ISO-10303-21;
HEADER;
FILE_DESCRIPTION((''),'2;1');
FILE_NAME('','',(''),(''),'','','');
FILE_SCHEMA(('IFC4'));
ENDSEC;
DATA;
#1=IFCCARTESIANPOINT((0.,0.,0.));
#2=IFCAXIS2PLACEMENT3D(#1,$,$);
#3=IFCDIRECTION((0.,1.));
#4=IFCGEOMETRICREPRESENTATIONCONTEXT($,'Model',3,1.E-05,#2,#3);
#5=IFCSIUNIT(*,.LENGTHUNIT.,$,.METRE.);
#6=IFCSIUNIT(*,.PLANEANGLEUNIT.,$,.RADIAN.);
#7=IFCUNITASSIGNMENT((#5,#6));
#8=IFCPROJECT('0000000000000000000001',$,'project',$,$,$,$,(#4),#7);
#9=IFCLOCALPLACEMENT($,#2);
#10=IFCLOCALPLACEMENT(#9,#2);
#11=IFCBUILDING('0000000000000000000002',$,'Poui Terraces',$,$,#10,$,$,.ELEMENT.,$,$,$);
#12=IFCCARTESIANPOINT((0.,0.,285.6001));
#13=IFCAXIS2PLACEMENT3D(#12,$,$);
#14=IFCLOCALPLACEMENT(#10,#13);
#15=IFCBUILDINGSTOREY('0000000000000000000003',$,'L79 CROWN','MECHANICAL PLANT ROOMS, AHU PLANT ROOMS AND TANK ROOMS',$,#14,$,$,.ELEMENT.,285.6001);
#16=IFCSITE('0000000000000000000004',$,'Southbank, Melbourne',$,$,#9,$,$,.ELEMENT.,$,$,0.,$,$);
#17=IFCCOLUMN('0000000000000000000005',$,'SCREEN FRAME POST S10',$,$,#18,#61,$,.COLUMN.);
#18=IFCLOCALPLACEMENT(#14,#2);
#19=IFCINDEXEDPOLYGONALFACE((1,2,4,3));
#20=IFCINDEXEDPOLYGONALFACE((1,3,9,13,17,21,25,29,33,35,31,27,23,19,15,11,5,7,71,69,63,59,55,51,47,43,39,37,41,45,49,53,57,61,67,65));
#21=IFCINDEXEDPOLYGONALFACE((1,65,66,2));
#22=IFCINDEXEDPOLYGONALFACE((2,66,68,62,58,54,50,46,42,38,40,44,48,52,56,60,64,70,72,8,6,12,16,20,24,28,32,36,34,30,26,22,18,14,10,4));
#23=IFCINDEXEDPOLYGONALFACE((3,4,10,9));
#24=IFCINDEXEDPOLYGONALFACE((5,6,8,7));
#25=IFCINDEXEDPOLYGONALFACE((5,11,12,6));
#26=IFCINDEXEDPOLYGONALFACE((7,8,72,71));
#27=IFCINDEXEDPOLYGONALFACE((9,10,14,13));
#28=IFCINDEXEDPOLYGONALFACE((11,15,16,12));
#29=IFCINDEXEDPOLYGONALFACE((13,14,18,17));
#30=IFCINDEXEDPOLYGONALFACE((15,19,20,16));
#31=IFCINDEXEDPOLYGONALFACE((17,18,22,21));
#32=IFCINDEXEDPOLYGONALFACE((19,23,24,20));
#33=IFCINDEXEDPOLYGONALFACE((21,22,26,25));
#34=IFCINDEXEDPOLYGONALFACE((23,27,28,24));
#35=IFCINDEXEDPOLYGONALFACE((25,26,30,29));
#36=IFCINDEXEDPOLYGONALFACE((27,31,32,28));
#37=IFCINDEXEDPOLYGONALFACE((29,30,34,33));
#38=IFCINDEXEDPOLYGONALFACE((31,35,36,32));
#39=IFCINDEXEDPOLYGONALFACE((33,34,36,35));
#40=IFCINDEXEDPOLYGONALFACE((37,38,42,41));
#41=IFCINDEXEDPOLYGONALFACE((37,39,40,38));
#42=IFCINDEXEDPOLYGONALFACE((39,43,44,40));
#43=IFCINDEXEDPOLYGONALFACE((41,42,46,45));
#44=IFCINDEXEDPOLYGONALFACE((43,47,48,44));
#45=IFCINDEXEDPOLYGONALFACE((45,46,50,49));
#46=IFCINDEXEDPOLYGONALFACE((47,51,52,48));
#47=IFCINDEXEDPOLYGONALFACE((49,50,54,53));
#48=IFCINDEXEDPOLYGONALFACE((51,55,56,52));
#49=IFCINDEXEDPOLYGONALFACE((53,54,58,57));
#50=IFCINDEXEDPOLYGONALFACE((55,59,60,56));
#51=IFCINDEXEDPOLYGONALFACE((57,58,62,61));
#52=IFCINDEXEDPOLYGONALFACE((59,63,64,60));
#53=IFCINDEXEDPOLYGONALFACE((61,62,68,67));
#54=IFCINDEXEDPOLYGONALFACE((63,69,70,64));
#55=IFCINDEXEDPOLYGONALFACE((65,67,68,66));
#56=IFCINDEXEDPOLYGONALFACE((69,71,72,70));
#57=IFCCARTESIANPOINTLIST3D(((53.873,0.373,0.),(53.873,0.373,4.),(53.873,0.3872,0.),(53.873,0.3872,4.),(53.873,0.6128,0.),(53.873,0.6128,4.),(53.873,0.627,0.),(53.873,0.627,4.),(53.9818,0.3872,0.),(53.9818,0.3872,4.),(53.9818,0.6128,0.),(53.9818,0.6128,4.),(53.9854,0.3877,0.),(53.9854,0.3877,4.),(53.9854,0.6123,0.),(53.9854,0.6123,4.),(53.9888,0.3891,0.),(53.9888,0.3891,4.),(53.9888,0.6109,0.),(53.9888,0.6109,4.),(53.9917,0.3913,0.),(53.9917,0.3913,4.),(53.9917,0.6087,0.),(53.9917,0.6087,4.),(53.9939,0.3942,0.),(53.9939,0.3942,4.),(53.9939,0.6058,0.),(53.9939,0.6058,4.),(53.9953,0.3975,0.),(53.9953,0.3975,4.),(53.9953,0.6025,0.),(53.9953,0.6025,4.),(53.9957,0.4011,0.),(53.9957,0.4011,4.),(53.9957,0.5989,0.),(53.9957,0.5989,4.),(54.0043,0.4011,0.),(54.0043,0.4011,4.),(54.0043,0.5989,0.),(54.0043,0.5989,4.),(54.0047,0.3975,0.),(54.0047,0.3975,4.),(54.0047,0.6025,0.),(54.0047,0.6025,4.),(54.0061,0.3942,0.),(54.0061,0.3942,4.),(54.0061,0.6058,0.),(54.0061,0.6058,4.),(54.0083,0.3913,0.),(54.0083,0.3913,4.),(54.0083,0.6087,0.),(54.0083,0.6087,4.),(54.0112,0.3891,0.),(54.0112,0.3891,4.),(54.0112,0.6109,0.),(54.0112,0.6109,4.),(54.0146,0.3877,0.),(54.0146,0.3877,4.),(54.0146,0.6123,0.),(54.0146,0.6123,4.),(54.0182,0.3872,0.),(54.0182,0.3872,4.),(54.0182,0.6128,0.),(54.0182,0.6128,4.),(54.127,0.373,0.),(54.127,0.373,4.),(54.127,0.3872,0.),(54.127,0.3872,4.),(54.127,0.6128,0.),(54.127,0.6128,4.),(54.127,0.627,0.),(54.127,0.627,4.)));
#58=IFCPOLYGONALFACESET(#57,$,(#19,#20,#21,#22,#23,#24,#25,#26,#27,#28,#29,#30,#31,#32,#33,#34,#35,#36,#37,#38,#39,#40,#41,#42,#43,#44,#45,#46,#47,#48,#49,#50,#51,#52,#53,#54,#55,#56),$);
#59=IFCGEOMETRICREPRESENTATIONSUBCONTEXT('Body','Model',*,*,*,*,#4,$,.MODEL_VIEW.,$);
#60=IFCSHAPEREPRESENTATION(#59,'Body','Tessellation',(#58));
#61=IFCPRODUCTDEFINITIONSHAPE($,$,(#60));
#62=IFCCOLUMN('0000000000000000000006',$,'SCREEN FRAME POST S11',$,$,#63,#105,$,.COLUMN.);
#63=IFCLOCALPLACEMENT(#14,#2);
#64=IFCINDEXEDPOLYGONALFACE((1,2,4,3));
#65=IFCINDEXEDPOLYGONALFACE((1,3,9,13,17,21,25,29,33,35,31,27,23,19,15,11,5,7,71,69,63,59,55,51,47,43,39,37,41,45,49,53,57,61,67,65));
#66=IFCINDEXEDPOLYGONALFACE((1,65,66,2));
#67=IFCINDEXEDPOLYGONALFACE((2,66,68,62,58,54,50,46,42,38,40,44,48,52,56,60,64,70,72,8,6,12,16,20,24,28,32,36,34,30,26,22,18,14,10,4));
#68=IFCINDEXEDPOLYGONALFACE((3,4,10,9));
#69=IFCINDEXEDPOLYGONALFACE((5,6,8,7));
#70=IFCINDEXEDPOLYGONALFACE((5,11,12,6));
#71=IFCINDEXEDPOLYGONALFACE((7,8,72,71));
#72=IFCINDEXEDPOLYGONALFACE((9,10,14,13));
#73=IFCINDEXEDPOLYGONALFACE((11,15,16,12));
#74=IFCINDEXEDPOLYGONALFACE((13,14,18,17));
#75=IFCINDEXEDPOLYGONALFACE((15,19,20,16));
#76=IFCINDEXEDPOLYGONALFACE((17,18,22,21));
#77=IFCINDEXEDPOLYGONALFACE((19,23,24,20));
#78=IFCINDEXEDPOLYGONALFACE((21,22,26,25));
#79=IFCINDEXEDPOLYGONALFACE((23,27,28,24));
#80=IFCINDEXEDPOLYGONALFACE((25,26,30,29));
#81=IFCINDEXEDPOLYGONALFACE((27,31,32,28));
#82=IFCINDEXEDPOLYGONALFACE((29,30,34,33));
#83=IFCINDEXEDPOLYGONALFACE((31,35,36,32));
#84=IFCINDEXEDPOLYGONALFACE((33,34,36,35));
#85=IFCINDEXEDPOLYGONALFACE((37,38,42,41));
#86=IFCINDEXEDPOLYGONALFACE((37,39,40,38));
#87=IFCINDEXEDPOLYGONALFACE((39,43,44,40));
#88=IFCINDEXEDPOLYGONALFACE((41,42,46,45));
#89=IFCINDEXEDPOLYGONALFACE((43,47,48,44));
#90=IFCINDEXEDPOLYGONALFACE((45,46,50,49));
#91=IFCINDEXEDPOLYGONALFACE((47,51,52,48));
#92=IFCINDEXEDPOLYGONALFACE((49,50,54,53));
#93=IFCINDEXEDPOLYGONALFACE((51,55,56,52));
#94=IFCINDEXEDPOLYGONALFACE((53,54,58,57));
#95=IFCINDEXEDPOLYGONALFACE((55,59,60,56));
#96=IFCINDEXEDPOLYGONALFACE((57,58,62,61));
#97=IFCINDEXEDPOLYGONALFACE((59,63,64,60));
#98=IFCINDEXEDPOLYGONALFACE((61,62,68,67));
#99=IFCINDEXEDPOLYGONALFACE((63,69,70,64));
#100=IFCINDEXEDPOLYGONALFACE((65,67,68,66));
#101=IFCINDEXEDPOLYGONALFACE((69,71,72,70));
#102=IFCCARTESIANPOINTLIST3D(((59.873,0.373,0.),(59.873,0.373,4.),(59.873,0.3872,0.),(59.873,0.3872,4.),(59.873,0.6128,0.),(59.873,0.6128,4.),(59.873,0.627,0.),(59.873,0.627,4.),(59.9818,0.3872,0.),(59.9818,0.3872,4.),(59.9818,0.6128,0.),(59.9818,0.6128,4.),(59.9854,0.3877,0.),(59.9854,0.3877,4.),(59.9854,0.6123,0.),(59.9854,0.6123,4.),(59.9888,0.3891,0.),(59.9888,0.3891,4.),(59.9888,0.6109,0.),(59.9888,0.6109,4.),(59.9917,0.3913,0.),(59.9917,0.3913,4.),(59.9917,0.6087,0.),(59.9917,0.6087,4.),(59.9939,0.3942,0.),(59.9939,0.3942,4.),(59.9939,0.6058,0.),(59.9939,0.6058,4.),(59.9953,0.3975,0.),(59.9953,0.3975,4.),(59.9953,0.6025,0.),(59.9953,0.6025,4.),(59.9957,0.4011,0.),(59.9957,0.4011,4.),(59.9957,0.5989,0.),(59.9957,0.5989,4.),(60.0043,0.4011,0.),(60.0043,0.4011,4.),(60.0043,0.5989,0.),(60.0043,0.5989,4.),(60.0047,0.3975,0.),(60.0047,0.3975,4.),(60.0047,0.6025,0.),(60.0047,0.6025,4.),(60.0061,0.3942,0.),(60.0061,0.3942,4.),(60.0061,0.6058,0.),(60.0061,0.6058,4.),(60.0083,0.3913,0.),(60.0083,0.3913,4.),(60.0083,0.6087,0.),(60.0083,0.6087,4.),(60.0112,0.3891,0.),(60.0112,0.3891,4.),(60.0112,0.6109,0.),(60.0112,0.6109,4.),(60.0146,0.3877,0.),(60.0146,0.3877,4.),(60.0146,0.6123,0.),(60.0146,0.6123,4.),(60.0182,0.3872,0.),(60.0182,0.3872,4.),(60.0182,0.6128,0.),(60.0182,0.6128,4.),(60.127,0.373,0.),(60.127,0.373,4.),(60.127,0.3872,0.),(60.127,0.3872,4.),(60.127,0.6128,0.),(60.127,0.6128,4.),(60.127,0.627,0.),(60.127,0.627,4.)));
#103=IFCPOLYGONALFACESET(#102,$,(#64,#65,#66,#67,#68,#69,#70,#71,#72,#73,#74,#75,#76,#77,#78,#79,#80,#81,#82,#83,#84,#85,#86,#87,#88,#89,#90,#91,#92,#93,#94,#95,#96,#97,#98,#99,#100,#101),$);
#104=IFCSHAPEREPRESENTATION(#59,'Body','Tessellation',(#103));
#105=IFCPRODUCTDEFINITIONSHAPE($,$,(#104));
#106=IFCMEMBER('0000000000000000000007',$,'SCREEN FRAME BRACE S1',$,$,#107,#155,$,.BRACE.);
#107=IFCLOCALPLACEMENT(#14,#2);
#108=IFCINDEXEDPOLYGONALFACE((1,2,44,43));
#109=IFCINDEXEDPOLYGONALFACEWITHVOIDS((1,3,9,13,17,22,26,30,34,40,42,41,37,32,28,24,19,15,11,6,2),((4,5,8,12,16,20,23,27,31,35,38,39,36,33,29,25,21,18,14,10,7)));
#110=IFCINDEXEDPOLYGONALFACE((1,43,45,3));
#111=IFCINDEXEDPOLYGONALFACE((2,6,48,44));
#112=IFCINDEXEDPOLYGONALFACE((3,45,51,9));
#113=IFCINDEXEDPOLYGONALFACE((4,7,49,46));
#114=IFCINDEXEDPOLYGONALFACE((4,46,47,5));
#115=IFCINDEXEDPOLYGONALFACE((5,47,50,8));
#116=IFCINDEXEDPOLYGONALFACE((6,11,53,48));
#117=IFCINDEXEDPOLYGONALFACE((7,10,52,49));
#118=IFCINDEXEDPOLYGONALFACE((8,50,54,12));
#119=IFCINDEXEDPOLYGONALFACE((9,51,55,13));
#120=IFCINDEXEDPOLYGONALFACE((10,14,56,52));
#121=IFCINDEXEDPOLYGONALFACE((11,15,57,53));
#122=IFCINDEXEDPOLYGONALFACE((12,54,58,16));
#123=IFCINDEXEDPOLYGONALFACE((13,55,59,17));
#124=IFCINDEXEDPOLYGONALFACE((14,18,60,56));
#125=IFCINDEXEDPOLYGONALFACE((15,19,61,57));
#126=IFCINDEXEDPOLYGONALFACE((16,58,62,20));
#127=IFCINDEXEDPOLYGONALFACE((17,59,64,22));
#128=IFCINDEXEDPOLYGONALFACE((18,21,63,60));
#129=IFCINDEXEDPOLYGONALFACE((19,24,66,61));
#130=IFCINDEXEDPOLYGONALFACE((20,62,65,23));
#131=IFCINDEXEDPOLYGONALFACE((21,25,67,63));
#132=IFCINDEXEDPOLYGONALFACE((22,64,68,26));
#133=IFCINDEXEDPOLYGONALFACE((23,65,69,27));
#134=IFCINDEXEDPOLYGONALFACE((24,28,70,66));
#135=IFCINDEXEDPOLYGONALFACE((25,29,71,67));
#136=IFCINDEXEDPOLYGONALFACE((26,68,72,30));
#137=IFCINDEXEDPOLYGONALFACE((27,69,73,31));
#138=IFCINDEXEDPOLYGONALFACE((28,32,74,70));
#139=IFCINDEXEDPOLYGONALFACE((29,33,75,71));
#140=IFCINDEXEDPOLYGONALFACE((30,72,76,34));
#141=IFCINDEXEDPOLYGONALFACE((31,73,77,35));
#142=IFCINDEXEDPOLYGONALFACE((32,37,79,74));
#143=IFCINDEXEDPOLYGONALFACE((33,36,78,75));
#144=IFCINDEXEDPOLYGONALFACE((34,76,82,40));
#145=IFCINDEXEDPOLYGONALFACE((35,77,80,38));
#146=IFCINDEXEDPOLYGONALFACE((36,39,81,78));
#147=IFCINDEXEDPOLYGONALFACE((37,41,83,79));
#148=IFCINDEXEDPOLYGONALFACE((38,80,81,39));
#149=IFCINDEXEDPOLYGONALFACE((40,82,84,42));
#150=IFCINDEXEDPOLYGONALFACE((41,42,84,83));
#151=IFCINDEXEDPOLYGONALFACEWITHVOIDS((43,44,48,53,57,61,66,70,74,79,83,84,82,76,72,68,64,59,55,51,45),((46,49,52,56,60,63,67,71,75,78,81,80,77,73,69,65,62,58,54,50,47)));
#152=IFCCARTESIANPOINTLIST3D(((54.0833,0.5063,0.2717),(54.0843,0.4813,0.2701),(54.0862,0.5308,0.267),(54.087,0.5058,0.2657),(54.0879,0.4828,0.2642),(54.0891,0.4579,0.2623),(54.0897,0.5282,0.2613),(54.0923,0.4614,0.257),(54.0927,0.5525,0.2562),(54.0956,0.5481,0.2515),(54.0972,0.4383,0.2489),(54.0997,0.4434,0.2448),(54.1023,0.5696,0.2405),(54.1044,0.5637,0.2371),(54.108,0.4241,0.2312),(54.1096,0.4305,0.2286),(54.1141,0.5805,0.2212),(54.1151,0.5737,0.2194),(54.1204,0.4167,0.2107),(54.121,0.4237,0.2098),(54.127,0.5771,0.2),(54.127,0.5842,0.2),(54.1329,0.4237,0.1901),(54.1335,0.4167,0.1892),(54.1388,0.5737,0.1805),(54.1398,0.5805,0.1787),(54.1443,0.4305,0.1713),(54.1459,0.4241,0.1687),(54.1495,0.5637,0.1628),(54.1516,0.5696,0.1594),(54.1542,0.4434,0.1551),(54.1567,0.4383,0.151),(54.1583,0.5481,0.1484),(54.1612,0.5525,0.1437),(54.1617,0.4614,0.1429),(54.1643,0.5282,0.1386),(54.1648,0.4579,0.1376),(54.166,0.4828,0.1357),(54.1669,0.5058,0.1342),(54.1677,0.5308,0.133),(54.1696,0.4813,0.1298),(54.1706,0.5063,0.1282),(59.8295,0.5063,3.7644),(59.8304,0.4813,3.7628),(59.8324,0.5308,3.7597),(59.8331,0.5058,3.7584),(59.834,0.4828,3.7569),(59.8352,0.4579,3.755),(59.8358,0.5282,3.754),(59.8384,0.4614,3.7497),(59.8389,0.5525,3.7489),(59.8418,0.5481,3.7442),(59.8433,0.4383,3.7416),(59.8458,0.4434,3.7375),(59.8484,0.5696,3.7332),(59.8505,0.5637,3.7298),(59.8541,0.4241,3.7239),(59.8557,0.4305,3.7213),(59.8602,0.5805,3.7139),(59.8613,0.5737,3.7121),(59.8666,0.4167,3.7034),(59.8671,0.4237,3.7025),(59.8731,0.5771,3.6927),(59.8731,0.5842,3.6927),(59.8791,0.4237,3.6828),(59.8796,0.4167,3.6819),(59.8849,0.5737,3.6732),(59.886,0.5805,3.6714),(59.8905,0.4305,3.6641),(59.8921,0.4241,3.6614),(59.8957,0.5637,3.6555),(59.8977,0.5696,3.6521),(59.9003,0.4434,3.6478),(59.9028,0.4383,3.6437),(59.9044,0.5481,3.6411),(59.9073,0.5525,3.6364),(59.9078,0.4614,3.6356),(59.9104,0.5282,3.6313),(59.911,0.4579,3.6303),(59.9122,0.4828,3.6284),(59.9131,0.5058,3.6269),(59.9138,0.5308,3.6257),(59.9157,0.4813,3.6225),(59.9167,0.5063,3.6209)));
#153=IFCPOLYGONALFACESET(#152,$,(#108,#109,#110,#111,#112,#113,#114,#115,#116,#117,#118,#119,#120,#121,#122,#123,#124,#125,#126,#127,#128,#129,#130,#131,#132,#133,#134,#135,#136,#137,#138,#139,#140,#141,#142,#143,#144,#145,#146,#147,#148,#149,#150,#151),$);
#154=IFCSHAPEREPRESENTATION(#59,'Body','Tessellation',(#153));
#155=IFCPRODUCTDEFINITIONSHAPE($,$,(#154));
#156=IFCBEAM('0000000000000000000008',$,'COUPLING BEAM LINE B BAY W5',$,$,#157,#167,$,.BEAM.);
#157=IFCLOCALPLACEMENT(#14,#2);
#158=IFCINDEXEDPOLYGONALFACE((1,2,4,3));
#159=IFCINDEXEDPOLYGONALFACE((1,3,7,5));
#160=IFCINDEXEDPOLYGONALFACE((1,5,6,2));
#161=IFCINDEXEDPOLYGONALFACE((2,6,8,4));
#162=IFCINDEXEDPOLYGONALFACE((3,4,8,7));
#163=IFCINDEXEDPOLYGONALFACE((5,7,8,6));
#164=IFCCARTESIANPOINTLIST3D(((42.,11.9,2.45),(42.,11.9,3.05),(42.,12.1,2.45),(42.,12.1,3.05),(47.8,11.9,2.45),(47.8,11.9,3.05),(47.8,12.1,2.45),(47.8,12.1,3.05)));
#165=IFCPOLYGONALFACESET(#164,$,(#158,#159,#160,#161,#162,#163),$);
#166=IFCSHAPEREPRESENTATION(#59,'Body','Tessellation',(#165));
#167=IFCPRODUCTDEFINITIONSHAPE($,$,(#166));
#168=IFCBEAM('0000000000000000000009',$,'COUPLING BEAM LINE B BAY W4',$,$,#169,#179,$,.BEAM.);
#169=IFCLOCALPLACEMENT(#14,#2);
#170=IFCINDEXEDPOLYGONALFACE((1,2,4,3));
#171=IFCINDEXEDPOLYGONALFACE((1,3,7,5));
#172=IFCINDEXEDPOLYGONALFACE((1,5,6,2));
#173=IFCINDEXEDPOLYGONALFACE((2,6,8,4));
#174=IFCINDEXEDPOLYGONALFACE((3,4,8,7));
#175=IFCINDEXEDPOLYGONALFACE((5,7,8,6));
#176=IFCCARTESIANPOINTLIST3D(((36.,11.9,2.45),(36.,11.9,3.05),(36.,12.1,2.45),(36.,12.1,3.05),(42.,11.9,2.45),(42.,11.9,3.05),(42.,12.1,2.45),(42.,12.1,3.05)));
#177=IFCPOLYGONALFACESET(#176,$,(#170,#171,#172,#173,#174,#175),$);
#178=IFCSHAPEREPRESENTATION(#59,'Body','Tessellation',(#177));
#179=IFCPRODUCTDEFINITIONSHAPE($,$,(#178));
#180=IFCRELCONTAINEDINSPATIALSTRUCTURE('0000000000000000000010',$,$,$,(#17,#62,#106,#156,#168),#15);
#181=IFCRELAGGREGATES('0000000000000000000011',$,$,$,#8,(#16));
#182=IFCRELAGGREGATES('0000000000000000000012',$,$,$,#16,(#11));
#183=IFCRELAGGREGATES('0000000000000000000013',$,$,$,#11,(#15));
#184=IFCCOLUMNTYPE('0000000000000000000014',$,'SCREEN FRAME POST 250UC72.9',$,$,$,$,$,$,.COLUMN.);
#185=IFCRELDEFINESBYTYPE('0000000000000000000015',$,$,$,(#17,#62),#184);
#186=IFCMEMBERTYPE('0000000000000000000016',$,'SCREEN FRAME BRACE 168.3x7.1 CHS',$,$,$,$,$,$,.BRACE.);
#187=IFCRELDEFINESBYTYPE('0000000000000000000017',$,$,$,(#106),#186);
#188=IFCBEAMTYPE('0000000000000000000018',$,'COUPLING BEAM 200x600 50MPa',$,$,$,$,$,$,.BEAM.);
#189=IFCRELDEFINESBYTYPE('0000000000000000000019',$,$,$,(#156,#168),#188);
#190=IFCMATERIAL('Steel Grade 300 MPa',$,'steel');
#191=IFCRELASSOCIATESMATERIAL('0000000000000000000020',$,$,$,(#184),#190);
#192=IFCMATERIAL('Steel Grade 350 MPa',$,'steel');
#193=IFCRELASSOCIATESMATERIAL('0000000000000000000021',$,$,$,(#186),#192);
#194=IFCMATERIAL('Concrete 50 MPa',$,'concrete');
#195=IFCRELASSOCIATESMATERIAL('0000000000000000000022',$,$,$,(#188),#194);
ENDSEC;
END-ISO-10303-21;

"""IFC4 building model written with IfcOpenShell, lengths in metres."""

from ifc_helpers import new_model, si_unit, direction, frame, origin, origin_2d, place, context, subcontext, project, spatial, rectangle, hollow_circle, i_section, extrude, source, transform, mapped, material, material_profile, profile_set, type_object, element, save


model = new_model("IFC4")

# Units and contexts
model_context = context("Model", 3, precision=1e-05, world=origin(), true_north=direction((0.0, 1.0)))
body_context = subcontext(model_context, "Body", "Model", "MODEL_VIEW")
ifc_project = project(units=[si_unit("LENGTHUNIT", "METRE"), si_unit("PLANEANGLEUNIT", "RADIAN")], contexts=[model_context])

# Site, building, storey
site_placement = place(None, origin())
site = spatial("IfcSite", under=ifc_project, at=site_placement, Name="Southbank, Melbourne", CompositionType="ELEMENT", RefElevation=0.0)
building_placement = place(site_placement, origin())
building = spatial("IfcBuilding", under=site, at=building_placement, Name="Poui Terraces", CompositionType="ELEMENT")
storey_placement = place(building_placement, frame((0.0, 0.0, 285.6001)))
storey = spatial("IfcBuildingStorey", under=building, at=storey_placement, Name="L79 CROWN", Description="MECHANICAL PLANT ROOMS, AHU PLANT ROOMS AND TANK ROOMS", CompositionType="ELEMENT", Elevation=285.6001)

# Columns
ifc_material_1 = material(Name="Steel Grade 300 MPa", Category="steel")
ifc_material_profile_1 = material_profile(ifc_material_1, i_section(OverallWidth=0.2539, OverallDepth=0.2539, WebThickness=0.0085, FlangeThickness=0.0142, FilletRadius=0.0139, at=origin_2d()), Name="250UC72.9")
ifc_profile_set_1 = profile_set([ifc_material_profile_1], Name="Steel Grade 300 MPa")
column_type = type_object("IfcColumnType", Name="SCREEN FRAME POST 250UC72.9", PredefinedType="COLUMN", material=ifc_profile_set_1)
shared_shape_1 = source(origin(), body_context, "Body", "SweptSolid", [
    extrude(i_section(OverallWidth=0.2539, OverallDepth=0.2539, WebThickness=0.0085, FlangeThickness=0.0142, FilletRadius=0.0139, at=origin_2d()), origin(), (0.0, 0.0, 1.0), 4.0),
])
for number, where, z_axis, x_axis, name in (
    (1, (54.0, 0.5, 0.0), (0.0, 0.0, 1.0), (1.0, 0.0, 0.0), "SCREEN FRAME POST S10"),
    (2, (60.0, 0.5, 0.0), (0.0, 0.0, 1.0), (1.0, 0.0, 0.0), "SCREEN FRAME POST S11"),
):
    element("IfcColumn", number, at=place(storey_placement, frame(where, z_axis=z_axis, x_axis=x_axis)), inside=storey, type_object=column_type, Name=name, PredefinedType="COLUMN", context=body_context, shape_type="MappedRepresentation", body=[
        mapped(shared_shape_1, transform((0.0, 0.0, 0.0))),
    ])

# Member
ifc_material_2 = material(Name="Steel Grade 350 MPa", Category="steel")
ifc_material_profile_2 = material_profile(ifc_material_2, hollow_circle(Radius=0.0842, WallThickness=0.0071, at=origin_2d()), Name="168.3x7.1 CHS")
ifc_profile_set_2 = profile_set([ifc_material_profile_2], Name="Steel Grade 350 MPa")
member_type = type_object("IfcMemberType", Name="SCREEN FRAME BRACE 168.3x7.1 CHS", PredefinedType="BRACE", material=ifc_profile_set_2)
member_placement = place(storey_placement, frame((54.127, 0.5, 0.2), z_axis=(0.854525, 0.0, 0.51941), x_axis=(0.0, 1.0, 0.0)))
element("IfcMember", 3, at=member_placement, inside=storey, type_object=member_type, Name="SCREEN FRAME BRACE S1", PredefinedType="BRACE", context=body_context, shape_type="SweptSolid", body=[
    extrude(hollow_circle(Radius=0.0842, WallThickness=0.0071, at=origin_2d()), origin(), (0.0, 0.0, 1.0), 6.7244),
])

# Beams
ifc_material_3 = material(Name="Concrete 50 MPa", Category="concrete")
ifc_material_profile_3 = material_profile(ifc_material_3, rectangle(XDim=0.2, YDim=0.6001, at=origin_2d()), Name="RC 200x600")
ifc_profile_set_3 = profile_set([ifc_material_profile_3], Name="Concrete 50 MPa")
beam_type_1 = type_object("IfcBeamType", Name="COUPLING BEAM 200x600 50MPa", PredefinedType="BEAM", material=ifc_profile_set_3)
shared_shape_2 = source(origin(), body_context, "Body", "SweptSolid", [
    extrude(rectangle(XDim=0.2, YDim=0.6001, at=origin_2d()), origin(), (0.0, 0.0, 1.0), 5.8),
])
beam_1_placement = place(storey_placement, frame((42.0, 12.0, 2.75), z_axis=(1.0, 0.0, 0.0), x_axis=(0.0, 1.0, 0.0)))
element("IfcBeam", 4, at=beam_1_placement, inside=storey, type_object=beam_type_1, Name="COUPLING BEAM LINE B BAY W5", PredefinedType="BEAM", context=body_context, shape_type="MappedRepresentation", body=[
    mapped(shared_shape_2, transform((0.0, 0.0, 0.0))),
])
shared_shape_3 = source(origin(), body_context, "Body", "SweptSolid", [
    extrude(rectangle(XDim=0.2, YDim=0.6001, at=origin_2d()), origin(), (0.0, 0.0, 1.0), 6.0),
])
beam_2_placement = place(storey_placement, frame((36.0, 12.0, 2.75), z_axis=(1.0, 0.0, 0.0), x_axis=(0.0, 1.0, 0.0)))
element("IfcBeam", 5, at=beam_2_placement, inside=storey, type_object=beam_type_1, Name="COUPLING BEAM LINE B BAY W4", PredefinedType="BEAM", context=body_context, shape_type="MappedRepresentation", body=[
    mapped(shared_shape_3, transform((0.0, 0.0, 0.0))),
])

save(model, "model.ifc")
